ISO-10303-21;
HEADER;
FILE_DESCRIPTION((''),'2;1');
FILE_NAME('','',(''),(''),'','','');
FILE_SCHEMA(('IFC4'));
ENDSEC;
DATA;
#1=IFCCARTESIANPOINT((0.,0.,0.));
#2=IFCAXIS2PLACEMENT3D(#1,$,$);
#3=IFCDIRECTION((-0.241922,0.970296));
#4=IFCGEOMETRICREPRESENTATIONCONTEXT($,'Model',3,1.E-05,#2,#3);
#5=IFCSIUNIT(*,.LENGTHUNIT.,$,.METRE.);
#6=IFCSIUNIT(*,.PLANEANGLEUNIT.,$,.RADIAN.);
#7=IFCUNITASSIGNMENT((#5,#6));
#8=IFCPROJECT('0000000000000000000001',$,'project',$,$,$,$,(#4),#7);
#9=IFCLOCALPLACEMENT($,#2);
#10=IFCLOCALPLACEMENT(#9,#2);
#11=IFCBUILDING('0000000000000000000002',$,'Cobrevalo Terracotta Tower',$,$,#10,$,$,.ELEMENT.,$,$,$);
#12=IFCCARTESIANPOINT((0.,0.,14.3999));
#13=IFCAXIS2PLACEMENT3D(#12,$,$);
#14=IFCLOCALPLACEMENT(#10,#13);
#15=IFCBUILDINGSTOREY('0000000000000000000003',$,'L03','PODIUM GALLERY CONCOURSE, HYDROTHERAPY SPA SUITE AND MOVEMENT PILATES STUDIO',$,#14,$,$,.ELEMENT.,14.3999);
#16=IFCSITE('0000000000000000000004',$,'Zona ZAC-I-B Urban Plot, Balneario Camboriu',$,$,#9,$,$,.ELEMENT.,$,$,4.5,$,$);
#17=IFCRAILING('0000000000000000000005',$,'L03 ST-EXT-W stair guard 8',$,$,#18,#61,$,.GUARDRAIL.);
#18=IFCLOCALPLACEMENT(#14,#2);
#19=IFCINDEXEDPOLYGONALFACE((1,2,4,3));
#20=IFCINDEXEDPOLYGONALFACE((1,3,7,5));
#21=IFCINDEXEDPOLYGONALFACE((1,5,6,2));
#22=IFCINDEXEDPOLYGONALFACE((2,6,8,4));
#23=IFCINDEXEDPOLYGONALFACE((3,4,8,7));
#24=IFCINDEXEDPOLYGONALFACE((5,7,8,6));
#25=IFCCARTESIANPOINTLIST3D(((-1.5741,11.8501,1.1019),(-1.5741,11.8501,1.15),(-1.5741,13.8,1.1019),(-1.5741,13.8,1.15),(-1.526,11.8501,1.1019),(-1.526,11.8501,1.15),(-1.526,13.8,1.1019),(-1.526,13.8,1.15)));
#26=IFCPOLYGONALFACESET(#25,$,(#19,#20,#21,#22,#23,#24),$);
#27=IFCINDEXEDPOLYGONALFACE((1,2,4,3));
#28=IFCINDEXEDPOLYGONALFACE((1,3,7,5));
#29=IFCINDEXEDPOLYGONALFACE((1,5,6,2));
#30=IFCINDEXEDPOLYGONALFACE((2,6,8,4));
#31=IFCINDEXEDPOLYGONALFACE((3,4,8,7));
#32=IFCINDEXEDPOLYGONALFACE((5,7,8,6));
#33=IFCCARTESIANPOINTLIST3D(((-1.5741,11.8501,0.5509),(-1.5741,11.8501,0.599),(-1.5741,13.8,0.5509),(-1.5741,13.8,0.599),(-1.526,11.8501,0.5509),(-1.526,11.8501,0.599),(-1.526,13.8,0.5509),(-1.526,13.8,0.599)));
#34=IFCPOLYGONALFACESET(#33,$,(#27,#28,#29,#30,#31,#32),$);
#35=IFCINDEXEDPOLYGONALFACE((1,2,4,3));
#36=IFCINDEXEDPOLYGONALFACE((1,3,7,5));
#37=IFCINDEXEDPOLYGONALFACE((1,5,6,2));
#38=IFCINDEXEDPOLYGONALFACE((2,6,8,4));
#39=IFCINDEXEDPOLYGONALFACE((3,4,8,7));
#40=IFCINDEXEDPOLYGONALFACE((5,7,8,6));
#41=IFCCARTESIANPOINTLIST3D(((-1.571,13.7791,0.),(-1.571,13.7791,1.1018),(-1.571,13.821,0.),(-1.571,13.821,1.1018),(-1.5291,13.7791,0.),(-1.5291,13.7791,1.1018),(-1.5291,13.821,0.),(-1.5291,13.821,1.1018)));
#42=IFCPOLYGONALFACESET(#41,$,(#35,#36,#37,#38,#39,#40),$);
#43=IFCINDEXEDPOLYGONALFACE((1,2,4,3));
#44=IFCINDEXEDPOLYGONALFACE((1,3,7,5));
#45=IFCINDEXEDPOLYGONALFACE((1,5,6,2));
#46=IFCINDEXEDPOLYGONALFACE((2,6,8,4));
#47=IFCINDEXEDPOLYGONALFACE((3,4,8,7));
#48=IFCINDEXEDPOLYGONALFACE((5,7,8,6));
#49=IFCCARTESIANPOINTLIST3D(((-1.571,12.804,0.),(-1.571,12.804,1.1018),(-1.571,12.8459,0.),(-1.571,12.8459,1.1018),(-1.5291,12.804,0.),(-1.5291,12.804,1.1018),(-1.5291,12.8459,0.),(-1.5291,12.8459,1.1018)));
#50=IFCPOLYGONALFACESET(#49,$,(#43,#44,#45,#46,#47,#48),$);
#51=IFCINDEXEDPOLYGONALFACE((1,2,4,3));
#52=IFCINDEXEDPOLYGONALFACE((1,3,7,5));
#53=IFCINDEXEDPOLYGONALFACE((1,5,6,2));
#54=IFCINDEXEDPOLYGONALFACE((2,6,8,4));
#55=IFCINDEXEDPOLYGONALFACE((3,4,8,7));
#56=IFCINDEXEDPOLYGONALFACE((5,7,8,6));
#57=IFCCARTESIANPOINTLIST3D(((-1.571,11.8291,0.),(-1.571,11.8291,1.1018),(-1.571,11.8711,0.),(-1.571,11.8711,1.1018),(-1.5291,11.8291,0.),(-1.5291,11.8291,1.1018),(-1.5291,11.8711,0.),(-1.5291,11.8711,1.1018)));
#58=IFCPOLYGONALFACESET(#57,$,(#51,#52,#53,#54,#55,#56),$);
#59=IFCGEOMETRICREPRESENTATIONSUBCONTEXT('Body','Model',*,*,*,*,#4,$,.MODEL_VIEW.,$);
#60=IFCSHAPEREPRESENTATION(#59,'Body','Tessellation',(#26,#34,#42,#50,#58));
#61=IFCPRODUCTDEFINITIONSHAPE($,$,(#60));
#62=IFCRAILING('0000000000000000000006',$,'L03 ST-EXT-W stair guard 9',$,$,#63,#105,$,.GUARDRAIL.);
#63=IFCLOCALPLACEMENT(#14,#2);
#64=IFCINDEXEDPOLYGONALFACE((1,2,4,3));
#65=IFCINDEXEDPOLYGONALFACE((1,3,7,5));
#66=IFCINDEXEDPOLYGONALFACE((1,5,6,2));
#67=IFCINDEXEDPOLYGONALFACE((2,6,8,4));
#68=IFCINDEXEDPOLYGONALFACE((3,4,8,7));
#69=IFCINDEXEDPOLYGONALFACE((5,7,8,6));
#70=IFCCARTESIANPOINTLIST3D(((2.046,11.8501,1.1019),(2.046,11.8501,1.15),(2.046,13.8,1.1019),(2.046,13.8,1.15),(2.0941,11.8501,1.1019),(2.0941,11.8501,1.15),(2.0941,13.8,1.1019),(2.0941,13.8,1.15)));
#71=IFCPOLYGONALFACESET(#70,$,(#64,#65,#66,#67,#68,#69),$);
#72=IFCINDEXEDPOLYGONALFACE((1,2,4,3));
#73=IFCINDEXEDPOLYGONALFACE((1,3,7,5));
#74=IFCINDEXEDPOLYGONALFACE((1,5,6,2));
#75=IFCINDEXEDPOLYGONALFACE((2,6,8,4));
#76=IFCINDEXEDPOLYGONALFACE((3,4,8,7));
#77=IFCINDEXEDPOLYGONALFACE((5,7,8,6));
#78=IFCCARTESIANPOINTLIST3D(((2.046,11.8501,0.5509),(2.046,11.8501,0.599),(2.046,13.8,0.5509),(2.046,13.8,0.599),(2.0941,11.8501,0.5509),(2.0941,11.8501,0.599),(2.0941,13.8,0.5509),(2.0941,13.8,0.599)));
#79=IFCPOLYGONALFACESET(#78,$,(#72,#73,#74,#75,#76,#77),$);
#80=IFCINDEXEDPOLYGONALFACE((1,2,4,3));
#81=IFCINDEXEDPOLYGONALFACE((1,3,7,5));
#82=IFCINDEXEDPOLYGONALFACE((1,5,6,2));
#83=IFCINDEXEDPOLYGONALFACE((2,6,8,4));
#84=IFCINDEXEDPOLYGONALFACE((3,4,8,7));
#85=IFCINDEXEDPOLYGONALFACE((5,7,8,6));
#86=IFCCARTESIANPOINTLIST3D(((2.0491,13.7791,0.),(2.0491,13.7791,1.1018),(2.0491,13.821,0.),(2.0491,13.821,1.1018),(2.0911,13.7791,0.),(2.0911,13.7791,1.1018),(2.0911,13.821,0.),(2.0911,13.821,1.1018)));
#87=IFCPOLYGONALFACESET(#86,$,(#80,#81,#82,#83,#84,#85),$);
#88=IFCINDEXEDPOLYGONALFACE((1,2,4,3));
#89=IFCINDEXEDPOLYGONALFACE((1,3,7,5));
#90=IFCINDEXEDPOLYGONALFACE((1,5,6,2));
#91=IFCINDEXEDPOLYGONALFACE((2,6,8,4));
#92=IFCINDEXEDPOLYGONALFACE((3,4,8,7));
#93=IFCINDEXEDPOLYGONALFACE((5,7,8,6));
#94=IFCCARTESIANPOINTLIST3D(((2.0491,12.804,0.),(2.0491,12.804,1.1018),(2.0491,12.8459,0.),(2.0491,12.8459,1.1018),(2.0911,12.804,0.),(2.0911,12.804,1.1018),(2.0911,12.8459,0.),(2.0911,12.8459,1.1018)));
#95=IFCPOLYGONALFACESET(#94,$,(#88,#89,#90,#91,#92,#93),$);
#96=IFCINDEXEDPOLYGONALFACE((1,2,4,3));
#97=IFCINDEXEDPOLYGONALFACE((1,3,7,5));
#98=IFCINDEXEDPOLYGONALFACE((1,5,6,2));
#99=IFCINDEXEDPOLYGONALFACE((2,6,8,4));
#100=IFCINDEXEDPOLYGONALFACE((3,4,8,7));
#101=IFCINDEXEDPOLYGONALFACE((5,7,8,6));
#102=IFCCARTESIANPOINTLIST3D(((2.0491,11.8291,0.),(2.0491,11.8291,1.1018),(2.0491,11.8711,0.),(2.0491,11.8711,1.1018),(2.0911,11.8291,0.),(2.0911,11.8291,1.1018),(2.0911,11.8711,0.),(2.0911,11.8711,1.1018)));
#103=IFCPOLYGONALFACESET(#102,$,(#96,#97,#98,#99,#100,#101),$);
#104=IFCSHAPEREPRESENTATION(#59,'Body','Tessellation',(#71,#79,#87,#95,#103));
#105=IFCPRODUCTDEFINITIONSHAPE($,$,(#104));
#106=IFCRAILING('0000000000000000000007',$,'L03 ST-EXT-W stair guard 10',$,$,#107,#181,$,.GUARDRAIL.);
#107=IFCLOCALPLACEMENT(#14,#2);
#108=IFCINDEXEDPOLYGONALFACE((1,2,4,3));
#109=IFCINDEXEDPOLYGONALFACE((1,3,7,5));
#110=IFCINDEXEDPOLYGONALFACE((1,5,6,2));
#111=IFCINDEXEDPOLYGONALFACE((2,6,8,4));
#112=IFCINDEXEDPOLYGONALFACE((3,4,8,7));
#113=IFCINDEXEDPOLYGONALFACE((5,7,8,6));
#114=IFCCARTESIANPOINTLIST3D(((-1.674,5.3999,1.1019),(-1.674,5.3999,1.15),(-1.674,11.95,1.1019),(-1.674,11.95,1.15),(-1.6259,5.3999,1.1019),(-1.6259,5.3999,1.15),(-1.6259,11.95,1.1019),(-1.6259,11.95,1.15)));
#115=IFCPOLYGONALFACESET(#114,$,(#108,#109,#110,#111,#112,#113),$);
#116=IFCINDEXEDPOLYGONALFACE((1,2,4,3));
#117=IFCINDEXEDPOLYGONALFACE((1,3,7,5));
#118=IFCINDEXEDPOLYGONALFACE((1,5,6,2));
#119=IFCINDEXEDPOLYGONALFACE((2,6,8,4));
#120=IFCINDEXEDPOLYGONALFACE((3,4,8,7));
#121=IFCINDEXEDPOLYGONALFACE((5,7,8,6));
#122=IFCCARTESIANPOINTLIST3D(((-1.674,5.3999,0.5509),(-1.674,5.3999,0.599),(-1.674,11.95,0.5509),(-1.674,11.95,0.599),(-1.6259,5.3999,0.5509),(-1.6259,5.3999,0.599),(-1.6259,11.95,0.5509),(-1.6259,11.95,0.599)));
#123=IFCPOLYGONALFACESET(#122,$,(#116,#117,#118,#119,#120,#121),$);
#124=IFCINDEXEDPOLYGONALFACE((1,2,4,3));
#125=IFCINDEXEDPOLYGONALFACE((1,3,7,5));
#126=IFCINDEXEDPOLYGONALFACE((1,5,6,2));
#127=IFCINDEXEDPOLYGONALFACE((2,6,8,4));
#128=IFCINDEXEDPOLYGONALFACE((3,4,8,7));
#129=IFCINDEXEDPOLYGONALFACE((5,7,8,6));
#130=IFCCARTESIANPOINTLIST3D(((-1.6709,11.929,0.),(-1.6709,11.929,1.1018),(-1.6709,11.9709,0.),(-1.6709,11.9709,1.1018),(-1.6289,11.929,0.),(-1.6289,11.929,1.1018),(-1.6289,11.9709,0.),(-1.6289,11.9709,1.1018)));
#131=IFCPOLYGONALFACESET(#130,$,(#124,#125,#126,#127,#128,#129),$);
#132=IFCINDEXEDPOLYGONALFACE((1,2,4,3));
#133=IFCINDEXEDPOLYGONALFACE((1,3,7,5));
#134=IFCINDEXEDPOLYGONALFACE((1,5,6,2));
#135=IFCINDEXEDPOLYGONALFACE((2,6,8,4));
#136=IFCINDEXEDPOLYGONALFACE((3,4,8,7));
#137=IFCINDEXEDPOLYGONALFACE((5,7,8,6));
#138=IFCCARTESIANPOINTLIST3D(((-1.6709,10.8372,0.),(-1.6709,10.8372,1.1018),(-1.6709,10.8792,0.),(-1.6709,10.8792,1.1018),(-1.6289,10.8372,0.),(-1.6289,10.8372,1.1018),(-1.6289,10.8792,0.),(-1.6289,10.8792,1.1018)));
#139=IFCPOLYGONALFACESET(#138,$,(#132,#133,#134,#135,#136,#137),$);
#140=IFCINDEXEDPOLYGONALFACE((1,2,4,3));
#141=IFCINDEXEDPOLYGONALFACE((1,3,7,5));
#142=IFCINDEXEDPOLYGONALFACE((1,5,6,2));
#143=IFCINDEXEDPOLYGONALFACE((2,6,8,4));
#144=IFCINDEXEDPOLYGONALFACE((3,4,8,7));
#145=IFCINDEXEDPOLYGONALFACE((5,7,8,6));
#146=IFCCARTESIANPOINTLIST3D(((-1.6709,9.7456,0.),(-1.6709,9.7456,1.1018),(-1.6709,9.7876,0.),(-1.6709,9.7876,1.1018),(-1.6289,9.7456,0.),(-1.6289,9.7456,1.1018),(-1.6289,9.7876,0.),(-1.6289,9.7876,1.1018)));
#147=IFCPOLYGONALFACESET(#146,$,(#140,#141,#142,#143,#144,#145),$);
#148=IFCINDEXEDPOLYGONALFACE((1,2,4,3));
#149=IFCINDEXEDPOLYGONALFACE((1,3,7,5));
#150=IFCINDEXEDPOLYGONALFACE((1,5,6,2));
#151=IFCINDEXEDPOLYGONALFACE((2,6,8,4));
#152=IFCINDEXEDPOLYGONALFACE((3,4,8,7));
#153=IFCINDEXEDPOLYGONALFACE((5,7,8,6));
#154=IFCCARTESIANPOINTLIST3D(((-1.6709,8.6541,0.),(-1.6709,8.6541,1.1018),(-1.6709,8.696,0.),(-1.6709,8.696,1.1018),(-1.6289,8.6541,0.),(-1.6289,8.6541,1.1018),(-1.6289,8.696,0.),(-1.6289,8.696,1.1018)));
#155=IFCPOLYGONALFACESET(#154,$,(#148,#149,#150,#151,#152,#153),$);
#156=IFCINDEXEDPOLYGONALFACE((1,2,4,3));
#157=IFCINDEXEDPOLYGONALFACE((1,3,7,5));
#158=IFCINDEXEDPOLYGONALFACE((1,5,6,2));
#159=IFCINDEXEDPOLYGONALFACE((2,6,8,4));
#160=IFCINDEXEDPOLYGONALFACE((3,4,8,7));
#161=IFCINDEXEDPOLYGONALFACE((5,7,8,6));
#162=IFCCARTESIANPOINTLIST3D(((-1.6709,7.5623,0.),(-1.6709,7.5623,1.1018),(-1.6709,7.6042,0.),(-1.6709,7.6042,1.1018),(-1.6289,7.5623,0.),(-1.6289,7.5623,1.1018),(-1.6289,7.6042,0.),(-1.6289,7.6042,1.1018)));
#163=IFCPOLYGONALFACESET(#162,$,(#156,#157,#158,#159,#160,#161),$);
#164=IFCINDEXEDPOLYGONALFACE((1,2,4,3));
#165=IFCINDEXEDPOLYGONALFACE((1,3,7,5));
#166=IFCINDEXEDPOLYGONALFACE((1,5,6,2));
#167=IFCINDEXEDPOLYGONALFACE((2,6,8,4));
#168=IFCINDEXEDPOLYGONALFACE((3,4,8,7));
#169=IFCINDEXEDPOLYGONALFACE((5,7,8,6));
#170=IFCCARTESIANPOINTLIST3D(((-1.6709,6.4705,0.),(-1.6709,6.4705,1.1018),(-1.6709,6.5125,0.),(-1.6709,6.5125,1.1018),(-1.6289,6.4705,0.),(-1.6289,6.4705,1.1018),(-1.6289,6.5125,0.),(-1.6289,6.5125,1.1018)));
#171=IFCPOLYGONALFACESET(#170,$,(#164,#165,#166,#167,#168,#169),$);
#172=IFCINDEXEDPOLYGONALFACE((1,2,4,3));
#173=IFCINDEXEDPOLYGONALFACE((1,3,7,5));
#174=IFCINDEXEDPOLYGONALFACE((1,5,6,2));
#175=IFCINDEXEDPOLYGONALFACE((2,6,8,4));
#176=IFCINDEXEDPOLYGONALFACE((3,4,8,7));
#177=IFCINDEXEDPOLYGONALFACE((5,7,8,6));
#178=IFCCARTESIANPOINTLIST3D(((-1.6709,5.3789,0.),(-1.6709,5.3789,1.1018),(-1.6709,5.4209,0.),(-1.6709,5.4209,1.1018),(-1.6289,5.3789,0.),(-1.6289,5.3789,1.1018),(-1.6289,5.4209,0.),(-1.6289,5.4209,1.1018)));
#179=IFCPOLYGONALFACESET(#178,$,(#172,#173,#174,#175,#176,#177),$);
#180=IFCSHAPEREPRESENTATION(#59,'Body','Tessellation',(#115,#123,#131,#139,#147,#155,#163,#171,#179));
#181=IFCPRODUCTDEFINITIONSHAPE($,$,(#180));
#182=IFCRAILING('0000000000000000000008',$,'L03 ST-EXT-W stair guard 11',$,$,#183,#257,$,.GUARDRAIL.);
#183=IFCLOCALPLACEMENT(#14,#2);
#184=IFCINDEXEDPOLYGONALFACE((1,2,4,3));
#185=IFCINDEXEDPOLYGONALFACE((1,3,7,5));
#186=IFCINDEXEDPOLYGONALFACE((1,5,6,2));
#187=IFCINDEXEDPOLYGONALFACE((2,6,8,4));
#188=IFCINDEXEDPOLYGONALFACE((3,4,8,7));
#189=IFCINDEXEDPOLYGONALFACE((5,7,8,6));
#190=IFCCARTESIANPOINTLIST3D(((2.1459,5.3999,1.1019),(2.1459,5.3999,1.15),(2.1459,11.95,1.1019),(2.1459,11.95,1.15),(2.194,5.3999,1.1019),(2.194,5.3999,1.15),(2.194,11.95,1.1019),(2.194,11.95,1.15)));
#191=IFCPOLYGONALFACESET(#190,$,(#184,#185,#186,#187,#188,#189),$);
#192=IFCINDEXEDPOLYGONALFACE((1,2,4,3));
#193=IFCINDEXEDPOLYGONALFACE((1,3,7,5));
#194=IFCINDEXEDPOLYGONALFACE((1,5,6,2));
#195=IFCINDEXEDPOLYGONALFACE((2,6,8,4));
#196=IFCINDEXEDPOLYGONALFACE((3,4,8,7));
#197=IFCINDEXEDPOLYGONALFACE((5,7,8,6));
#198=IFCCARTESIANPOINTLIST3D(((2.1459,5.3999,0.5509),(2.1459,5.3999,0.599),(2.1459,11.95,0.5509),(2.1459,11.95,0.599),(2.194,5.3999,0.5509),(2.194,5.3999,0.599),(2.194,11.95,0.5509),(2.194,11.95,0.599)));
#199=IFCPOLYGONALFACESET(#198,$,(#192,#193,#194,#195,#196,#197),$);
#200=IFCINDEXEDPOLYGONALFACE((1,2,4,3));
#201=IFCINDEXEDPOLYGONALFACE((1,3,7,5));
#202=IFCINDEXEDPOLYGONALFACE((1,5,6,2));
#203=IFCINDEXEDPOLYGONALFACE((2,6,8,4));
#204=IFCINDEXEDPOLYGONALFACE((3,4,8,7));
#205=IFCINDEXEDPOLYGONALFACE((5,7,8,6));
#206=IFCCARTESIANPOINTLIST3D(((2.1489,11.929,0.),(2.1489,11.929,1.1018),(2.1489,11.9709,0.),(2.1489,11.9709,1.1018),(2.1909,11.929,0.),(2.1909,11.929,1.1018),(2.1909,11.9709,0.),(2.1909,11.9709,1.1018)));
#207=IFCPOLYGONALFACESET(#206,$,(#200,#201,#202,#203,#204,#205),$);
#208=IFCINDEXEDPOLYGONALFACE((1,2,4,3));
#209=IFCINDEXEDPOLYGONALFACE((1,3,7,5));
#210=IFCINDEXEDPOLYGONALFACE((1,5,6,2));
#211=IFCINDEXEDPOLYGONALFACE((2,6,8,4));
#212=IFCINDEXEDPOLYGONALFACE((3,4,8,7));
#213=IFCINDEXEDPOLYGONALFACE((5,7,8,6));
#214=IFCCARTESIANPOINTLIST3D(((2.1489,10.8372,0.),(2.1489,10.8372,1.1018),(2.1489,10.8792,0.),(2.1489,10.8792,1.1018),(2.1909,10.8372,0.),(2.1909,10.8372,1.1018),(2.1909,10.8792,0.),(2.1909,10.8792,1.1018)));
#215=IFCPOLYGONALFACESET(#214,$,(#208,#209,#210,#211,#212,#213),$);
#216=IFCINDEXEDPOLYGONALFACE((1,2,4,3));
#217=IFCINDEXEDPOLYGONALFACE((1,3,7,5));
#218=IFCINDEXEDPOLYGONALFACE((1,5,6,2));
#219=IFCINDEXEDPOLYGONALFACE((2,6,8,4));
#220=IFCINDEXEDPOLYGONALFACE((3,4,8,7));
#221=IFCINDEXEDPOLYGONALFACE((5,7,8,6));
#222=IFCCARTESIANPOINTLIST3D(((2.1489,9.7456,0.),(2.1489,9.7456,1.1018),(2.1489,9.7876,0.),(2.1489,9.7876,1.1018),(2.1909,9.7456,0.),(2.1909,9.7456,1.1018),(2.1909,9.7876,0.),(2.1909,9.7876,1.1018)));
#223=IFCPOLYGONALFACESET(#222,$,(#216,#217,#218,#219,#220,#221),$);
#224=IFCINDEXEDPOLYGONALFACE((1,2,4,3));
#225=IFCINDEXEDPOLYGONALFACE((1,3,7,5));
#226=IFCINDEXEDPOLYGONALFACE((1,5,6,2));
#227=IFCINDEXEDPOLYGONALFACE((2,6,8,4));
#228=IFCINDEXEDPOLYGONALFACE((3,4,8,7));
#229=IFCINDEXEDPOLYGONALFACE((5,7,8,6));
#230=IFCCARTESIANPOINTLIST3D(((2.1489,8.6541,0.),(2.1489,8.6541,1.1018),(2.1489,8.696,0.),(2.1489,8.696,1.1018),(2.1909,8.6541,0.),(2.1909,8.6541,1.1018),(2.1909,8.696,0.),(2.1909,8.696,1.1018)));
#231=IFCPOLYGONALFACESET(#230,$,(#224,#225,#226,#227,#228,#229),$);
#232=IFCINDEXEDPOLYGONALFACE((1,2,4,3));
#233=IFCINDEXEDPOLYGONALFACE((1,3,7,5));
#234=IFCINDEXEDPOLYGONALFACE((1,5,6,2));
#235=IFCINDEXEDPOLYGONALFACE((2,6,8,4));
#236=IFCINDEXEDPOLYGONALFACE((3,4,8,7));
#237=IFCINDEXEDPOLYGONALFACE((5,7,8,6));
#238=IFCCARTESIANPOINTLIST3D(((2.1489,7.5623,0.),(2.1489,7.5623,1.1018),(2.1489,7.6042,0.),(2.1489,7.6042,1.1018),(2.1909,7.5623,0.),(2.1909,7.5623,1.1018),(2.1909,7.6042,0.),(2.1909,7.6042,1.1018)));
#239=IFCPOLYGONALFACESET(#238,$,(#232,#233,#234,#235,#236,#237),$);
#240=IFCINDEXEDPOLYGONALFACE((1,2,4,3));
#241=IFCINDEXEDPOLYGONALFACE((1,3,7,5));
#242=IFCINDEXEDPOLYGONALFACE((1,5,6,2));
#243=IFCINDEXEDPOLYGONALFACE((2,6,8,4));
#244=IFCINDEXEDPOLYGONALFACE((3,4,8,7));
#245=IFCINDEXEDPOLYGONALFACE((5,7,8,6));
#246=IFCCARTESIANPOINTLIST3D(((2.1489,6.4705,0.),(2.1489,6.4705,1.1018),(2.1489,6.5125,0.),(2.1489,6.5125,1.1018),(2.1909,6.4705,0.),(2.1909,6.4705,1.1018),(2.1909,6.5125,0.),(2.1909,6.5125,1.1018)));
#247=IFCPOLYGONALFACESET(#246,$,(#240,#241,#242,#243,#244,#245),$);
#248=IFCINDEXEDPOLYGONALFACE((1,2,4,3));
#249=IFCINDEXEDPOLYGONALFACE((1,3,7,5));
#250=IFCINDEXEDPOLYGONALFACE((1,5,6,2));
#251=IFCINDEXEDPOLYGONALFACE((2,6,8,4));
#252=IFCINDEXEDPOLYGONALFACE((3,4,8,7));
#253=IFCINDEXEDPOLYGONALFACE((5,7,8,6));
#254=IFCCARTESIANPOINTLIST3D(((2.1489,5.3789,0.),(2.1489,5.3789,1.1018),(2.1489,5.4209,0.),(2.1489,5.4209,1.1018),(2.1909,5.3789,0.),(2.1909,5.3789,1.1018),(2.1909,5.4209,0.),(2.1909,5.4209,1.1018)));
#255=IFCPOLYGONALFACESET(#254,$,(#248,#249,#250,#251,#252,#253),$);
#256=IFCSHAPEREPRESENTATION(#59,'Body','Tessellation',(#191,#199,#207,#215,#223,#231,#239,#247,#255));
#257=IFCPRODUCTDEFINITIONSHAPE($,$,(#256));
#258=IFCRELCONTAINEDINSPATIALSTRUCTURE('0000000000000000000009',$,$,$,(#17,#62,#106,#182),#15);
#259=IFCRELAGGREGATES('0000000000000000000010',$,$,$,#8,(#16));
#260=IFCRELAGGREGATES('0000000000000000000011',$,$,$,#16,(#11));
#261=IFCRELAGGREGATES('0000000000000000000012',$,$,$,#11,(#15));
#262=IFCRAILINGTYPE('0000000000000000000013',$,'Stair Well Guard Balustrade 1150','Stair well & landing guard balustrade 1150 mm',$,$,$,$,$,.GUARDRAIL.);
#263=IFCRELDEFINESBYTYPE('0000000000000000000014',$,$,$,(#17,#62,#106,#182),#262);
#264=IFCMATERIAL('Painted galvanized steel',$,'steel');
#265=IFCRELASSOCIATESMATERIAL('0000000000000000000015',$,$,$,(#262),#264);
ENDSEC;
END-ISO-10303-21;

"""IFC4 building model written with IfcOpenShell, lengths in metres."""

from ifc_helpers import new_model, si_unit, direction, frame, origin, origin_2d, place, context, subcontext, project, spatial, rectangle, extrude, material, type_object, element, save


model = new_model("IFC4")

# Units and contexts
model_context = context("Model", 3, precision=1e-05, world=origin(), true_north=direction((-0.241922, 0.970296)))
body_context = subcontext(model_context, "Body", "Model", "MODEL_VIEW")
ifc_project = project(units=[si_unit("LENGTHUNIT", "METRE"), si_unit("PLANEANGLEUNIT", "RADIAN")], contexts=[model_context])

# Site, building, storey
site_placement = place(None, origin())
site = spatial("IfcSite", under=ifc_project, at=site_placement, Name="Zona ZAC-I-B Urban Plot, Balneario Camboriu", CompositionType="ELEMENT", RefElevation=4.5)
building_placement = place(site_placement, origin())
building = spatial("IfcBuilding", under=site, at=building_placement, Name="Cobrevalo Terracotta Tower", CompositionType="ELEMENT")
storey_placement = place(building_placement, frame((0.0, 0.0, 14.3999)))
storey = spatial("IfcBuildingStorey", under=building, at=storey_placement, Name="L03", Description="PODIUM GALLERY CONCOURSE, HYDROTHERAPY SPA SUITE AND MOVEMENT PILATES STUDIO", CompositionType="ELEMENT", Elevation=14.3999)

# Railings
ifc_material_1 = material(Name="Painted galvanized steel", Category="steel")
railing_type_1 = type_object("IfcRailingType", Name="Stair Well Guard Balustrade 1150", Description="Stair well & landing guard balustrade 1150 mm", PredefinedType="GUARDRAIL", material=ifc_material_1)
for number, where, name in (
    (1, (-1.55, 13.8, 0.0), "L03 ST-EXT-W stair guard 8"),
    (2, (2.0701, 13.8, 0.0), "L03 ST-EXT-W stair guard 9"),
):
    element("IfcRailing", number, at=place(storey_placement, frame(where)), inside=storey, type_object=railing_type_1, Name=name, PredefinedType="GUARDRAIL", context=body_context, shape_type="SweptSolid", body=[
        extrude(rectangle(XDim=0.0481, YDim=0.0481, at=origin_2d()), frame((0.0, 0.0, 1.126), z_axis=(0.0, -1.0, 0.0), x_axis=(1.0, 0.0, 0.0)), (0.0, 0.0, 1.0), 1.95),
        extrude(rectangle(XDim=0.0481, YDim=0.0481, at=origin_2d()), frame((0.0, 0.0, 0.575), z_axis=(0.0, -1.0, 0.0), x_axis=(1.0, 0.0, 0.0)), (0.0, 0.0, 1.0), 1.95),
        extrude(rectangle(XDim=0.042, YDim=0.042, at=origin_2d()), origin(), (0.0, 0.0, 1.0), 1.1018),
        extrude(rectangle(XDim=0.042, YDim=0.042, at=origin_2d()), frame((0.0, -0.9751, 0.0)), (0.0, 0.0, 1.0), 1.1018),
        extrude(rectangle(XDim=0.042, YDim=0.042, at=origin_2d()), frame((0.0, -1.95, 0.0)), (0.0, 0.0, 1.0), 1.1018),
    ])
for number, where, name in (
    (3, (-1.6499, 11.95, 0.0), "L03 ST-EXT-W stair guard 10"),
    (4, (2.1699, 11.95, 0.0), "L03 ST-EXT-W stair guard 11"),
):
    element("IfcRailing", number, at=place(storey_placement, frame(where)), inside=storey, type_object=railing_type_1, Name=name, PredefinedType="GUARDRAIL", context=body_context, shape_type="SweptSolid", body=[
        extrude(rectangle(XDim=0.0481, YDim=0.0481, at=origin_2d()), frame((0.0, 0.0, 1.126), z_axis=(0.0, -1.0, 0.0), x_axis=(1.0, 0.0, 0.0)), (0.0, 0.0, 1.0), 6.55),
        extrude(rectangle(XDim=0.0481, YDim=0.0481, at=origin_2d()), frame((0.0, 0.0, 0.575), z_axis=(0.0, -1.0, 0.0), x_axis=(1.0, 0.0, 0.0)), (0.0, 0.0, 1.0), 6.55),
        extrude(rectangle(XDim=0.042, YDim=0.042, at=origin_2d()), origin(), (0.0, 0.0, 1.0), 1.1018),
        extrude(rectangle(XDim=0.042, YDim=0.042, at=origin_2d()), frame((0.0, -1.0918, 0.0)), (0.0, 0.0, 1.0), 1.1018),
        extrude(rectangle(XDim=0.042, YDim=0.042, at=origin_2d()), frame((0.0, -2.1833, 0.0)), (0.0, 0.0, 1.0), 1.1018),
        extrude(rectangle(XDim=0.042, YDim=0.042, at=origin_2d()), frame((0.0, -3.2749, 0.0)), (0.0, 0.0, 1.0), 1.1018),
        extrude(rectangle(XDim=0.042, YDim=0.042, at=origin_2d()), frame((0.0, -4.3667, 0.0)), (0.0, 0.0, 1.0), 1.1018),
        extrude(rectangle(XDim=0.042, YDim=0.042, at=origin_2d()), frame((0.0, -5.4585, 0.0)), (0.0, 0.0, 1.0), 1.1018),
        extrude(rectangle(XDim=0.042, YDim=0.042, at=origin_2d()), frame((0.0, -6.55, 0.0)), (0.0, 0.0, 1.0), 1.1018),
    ])

save(model, "model.ifc")
